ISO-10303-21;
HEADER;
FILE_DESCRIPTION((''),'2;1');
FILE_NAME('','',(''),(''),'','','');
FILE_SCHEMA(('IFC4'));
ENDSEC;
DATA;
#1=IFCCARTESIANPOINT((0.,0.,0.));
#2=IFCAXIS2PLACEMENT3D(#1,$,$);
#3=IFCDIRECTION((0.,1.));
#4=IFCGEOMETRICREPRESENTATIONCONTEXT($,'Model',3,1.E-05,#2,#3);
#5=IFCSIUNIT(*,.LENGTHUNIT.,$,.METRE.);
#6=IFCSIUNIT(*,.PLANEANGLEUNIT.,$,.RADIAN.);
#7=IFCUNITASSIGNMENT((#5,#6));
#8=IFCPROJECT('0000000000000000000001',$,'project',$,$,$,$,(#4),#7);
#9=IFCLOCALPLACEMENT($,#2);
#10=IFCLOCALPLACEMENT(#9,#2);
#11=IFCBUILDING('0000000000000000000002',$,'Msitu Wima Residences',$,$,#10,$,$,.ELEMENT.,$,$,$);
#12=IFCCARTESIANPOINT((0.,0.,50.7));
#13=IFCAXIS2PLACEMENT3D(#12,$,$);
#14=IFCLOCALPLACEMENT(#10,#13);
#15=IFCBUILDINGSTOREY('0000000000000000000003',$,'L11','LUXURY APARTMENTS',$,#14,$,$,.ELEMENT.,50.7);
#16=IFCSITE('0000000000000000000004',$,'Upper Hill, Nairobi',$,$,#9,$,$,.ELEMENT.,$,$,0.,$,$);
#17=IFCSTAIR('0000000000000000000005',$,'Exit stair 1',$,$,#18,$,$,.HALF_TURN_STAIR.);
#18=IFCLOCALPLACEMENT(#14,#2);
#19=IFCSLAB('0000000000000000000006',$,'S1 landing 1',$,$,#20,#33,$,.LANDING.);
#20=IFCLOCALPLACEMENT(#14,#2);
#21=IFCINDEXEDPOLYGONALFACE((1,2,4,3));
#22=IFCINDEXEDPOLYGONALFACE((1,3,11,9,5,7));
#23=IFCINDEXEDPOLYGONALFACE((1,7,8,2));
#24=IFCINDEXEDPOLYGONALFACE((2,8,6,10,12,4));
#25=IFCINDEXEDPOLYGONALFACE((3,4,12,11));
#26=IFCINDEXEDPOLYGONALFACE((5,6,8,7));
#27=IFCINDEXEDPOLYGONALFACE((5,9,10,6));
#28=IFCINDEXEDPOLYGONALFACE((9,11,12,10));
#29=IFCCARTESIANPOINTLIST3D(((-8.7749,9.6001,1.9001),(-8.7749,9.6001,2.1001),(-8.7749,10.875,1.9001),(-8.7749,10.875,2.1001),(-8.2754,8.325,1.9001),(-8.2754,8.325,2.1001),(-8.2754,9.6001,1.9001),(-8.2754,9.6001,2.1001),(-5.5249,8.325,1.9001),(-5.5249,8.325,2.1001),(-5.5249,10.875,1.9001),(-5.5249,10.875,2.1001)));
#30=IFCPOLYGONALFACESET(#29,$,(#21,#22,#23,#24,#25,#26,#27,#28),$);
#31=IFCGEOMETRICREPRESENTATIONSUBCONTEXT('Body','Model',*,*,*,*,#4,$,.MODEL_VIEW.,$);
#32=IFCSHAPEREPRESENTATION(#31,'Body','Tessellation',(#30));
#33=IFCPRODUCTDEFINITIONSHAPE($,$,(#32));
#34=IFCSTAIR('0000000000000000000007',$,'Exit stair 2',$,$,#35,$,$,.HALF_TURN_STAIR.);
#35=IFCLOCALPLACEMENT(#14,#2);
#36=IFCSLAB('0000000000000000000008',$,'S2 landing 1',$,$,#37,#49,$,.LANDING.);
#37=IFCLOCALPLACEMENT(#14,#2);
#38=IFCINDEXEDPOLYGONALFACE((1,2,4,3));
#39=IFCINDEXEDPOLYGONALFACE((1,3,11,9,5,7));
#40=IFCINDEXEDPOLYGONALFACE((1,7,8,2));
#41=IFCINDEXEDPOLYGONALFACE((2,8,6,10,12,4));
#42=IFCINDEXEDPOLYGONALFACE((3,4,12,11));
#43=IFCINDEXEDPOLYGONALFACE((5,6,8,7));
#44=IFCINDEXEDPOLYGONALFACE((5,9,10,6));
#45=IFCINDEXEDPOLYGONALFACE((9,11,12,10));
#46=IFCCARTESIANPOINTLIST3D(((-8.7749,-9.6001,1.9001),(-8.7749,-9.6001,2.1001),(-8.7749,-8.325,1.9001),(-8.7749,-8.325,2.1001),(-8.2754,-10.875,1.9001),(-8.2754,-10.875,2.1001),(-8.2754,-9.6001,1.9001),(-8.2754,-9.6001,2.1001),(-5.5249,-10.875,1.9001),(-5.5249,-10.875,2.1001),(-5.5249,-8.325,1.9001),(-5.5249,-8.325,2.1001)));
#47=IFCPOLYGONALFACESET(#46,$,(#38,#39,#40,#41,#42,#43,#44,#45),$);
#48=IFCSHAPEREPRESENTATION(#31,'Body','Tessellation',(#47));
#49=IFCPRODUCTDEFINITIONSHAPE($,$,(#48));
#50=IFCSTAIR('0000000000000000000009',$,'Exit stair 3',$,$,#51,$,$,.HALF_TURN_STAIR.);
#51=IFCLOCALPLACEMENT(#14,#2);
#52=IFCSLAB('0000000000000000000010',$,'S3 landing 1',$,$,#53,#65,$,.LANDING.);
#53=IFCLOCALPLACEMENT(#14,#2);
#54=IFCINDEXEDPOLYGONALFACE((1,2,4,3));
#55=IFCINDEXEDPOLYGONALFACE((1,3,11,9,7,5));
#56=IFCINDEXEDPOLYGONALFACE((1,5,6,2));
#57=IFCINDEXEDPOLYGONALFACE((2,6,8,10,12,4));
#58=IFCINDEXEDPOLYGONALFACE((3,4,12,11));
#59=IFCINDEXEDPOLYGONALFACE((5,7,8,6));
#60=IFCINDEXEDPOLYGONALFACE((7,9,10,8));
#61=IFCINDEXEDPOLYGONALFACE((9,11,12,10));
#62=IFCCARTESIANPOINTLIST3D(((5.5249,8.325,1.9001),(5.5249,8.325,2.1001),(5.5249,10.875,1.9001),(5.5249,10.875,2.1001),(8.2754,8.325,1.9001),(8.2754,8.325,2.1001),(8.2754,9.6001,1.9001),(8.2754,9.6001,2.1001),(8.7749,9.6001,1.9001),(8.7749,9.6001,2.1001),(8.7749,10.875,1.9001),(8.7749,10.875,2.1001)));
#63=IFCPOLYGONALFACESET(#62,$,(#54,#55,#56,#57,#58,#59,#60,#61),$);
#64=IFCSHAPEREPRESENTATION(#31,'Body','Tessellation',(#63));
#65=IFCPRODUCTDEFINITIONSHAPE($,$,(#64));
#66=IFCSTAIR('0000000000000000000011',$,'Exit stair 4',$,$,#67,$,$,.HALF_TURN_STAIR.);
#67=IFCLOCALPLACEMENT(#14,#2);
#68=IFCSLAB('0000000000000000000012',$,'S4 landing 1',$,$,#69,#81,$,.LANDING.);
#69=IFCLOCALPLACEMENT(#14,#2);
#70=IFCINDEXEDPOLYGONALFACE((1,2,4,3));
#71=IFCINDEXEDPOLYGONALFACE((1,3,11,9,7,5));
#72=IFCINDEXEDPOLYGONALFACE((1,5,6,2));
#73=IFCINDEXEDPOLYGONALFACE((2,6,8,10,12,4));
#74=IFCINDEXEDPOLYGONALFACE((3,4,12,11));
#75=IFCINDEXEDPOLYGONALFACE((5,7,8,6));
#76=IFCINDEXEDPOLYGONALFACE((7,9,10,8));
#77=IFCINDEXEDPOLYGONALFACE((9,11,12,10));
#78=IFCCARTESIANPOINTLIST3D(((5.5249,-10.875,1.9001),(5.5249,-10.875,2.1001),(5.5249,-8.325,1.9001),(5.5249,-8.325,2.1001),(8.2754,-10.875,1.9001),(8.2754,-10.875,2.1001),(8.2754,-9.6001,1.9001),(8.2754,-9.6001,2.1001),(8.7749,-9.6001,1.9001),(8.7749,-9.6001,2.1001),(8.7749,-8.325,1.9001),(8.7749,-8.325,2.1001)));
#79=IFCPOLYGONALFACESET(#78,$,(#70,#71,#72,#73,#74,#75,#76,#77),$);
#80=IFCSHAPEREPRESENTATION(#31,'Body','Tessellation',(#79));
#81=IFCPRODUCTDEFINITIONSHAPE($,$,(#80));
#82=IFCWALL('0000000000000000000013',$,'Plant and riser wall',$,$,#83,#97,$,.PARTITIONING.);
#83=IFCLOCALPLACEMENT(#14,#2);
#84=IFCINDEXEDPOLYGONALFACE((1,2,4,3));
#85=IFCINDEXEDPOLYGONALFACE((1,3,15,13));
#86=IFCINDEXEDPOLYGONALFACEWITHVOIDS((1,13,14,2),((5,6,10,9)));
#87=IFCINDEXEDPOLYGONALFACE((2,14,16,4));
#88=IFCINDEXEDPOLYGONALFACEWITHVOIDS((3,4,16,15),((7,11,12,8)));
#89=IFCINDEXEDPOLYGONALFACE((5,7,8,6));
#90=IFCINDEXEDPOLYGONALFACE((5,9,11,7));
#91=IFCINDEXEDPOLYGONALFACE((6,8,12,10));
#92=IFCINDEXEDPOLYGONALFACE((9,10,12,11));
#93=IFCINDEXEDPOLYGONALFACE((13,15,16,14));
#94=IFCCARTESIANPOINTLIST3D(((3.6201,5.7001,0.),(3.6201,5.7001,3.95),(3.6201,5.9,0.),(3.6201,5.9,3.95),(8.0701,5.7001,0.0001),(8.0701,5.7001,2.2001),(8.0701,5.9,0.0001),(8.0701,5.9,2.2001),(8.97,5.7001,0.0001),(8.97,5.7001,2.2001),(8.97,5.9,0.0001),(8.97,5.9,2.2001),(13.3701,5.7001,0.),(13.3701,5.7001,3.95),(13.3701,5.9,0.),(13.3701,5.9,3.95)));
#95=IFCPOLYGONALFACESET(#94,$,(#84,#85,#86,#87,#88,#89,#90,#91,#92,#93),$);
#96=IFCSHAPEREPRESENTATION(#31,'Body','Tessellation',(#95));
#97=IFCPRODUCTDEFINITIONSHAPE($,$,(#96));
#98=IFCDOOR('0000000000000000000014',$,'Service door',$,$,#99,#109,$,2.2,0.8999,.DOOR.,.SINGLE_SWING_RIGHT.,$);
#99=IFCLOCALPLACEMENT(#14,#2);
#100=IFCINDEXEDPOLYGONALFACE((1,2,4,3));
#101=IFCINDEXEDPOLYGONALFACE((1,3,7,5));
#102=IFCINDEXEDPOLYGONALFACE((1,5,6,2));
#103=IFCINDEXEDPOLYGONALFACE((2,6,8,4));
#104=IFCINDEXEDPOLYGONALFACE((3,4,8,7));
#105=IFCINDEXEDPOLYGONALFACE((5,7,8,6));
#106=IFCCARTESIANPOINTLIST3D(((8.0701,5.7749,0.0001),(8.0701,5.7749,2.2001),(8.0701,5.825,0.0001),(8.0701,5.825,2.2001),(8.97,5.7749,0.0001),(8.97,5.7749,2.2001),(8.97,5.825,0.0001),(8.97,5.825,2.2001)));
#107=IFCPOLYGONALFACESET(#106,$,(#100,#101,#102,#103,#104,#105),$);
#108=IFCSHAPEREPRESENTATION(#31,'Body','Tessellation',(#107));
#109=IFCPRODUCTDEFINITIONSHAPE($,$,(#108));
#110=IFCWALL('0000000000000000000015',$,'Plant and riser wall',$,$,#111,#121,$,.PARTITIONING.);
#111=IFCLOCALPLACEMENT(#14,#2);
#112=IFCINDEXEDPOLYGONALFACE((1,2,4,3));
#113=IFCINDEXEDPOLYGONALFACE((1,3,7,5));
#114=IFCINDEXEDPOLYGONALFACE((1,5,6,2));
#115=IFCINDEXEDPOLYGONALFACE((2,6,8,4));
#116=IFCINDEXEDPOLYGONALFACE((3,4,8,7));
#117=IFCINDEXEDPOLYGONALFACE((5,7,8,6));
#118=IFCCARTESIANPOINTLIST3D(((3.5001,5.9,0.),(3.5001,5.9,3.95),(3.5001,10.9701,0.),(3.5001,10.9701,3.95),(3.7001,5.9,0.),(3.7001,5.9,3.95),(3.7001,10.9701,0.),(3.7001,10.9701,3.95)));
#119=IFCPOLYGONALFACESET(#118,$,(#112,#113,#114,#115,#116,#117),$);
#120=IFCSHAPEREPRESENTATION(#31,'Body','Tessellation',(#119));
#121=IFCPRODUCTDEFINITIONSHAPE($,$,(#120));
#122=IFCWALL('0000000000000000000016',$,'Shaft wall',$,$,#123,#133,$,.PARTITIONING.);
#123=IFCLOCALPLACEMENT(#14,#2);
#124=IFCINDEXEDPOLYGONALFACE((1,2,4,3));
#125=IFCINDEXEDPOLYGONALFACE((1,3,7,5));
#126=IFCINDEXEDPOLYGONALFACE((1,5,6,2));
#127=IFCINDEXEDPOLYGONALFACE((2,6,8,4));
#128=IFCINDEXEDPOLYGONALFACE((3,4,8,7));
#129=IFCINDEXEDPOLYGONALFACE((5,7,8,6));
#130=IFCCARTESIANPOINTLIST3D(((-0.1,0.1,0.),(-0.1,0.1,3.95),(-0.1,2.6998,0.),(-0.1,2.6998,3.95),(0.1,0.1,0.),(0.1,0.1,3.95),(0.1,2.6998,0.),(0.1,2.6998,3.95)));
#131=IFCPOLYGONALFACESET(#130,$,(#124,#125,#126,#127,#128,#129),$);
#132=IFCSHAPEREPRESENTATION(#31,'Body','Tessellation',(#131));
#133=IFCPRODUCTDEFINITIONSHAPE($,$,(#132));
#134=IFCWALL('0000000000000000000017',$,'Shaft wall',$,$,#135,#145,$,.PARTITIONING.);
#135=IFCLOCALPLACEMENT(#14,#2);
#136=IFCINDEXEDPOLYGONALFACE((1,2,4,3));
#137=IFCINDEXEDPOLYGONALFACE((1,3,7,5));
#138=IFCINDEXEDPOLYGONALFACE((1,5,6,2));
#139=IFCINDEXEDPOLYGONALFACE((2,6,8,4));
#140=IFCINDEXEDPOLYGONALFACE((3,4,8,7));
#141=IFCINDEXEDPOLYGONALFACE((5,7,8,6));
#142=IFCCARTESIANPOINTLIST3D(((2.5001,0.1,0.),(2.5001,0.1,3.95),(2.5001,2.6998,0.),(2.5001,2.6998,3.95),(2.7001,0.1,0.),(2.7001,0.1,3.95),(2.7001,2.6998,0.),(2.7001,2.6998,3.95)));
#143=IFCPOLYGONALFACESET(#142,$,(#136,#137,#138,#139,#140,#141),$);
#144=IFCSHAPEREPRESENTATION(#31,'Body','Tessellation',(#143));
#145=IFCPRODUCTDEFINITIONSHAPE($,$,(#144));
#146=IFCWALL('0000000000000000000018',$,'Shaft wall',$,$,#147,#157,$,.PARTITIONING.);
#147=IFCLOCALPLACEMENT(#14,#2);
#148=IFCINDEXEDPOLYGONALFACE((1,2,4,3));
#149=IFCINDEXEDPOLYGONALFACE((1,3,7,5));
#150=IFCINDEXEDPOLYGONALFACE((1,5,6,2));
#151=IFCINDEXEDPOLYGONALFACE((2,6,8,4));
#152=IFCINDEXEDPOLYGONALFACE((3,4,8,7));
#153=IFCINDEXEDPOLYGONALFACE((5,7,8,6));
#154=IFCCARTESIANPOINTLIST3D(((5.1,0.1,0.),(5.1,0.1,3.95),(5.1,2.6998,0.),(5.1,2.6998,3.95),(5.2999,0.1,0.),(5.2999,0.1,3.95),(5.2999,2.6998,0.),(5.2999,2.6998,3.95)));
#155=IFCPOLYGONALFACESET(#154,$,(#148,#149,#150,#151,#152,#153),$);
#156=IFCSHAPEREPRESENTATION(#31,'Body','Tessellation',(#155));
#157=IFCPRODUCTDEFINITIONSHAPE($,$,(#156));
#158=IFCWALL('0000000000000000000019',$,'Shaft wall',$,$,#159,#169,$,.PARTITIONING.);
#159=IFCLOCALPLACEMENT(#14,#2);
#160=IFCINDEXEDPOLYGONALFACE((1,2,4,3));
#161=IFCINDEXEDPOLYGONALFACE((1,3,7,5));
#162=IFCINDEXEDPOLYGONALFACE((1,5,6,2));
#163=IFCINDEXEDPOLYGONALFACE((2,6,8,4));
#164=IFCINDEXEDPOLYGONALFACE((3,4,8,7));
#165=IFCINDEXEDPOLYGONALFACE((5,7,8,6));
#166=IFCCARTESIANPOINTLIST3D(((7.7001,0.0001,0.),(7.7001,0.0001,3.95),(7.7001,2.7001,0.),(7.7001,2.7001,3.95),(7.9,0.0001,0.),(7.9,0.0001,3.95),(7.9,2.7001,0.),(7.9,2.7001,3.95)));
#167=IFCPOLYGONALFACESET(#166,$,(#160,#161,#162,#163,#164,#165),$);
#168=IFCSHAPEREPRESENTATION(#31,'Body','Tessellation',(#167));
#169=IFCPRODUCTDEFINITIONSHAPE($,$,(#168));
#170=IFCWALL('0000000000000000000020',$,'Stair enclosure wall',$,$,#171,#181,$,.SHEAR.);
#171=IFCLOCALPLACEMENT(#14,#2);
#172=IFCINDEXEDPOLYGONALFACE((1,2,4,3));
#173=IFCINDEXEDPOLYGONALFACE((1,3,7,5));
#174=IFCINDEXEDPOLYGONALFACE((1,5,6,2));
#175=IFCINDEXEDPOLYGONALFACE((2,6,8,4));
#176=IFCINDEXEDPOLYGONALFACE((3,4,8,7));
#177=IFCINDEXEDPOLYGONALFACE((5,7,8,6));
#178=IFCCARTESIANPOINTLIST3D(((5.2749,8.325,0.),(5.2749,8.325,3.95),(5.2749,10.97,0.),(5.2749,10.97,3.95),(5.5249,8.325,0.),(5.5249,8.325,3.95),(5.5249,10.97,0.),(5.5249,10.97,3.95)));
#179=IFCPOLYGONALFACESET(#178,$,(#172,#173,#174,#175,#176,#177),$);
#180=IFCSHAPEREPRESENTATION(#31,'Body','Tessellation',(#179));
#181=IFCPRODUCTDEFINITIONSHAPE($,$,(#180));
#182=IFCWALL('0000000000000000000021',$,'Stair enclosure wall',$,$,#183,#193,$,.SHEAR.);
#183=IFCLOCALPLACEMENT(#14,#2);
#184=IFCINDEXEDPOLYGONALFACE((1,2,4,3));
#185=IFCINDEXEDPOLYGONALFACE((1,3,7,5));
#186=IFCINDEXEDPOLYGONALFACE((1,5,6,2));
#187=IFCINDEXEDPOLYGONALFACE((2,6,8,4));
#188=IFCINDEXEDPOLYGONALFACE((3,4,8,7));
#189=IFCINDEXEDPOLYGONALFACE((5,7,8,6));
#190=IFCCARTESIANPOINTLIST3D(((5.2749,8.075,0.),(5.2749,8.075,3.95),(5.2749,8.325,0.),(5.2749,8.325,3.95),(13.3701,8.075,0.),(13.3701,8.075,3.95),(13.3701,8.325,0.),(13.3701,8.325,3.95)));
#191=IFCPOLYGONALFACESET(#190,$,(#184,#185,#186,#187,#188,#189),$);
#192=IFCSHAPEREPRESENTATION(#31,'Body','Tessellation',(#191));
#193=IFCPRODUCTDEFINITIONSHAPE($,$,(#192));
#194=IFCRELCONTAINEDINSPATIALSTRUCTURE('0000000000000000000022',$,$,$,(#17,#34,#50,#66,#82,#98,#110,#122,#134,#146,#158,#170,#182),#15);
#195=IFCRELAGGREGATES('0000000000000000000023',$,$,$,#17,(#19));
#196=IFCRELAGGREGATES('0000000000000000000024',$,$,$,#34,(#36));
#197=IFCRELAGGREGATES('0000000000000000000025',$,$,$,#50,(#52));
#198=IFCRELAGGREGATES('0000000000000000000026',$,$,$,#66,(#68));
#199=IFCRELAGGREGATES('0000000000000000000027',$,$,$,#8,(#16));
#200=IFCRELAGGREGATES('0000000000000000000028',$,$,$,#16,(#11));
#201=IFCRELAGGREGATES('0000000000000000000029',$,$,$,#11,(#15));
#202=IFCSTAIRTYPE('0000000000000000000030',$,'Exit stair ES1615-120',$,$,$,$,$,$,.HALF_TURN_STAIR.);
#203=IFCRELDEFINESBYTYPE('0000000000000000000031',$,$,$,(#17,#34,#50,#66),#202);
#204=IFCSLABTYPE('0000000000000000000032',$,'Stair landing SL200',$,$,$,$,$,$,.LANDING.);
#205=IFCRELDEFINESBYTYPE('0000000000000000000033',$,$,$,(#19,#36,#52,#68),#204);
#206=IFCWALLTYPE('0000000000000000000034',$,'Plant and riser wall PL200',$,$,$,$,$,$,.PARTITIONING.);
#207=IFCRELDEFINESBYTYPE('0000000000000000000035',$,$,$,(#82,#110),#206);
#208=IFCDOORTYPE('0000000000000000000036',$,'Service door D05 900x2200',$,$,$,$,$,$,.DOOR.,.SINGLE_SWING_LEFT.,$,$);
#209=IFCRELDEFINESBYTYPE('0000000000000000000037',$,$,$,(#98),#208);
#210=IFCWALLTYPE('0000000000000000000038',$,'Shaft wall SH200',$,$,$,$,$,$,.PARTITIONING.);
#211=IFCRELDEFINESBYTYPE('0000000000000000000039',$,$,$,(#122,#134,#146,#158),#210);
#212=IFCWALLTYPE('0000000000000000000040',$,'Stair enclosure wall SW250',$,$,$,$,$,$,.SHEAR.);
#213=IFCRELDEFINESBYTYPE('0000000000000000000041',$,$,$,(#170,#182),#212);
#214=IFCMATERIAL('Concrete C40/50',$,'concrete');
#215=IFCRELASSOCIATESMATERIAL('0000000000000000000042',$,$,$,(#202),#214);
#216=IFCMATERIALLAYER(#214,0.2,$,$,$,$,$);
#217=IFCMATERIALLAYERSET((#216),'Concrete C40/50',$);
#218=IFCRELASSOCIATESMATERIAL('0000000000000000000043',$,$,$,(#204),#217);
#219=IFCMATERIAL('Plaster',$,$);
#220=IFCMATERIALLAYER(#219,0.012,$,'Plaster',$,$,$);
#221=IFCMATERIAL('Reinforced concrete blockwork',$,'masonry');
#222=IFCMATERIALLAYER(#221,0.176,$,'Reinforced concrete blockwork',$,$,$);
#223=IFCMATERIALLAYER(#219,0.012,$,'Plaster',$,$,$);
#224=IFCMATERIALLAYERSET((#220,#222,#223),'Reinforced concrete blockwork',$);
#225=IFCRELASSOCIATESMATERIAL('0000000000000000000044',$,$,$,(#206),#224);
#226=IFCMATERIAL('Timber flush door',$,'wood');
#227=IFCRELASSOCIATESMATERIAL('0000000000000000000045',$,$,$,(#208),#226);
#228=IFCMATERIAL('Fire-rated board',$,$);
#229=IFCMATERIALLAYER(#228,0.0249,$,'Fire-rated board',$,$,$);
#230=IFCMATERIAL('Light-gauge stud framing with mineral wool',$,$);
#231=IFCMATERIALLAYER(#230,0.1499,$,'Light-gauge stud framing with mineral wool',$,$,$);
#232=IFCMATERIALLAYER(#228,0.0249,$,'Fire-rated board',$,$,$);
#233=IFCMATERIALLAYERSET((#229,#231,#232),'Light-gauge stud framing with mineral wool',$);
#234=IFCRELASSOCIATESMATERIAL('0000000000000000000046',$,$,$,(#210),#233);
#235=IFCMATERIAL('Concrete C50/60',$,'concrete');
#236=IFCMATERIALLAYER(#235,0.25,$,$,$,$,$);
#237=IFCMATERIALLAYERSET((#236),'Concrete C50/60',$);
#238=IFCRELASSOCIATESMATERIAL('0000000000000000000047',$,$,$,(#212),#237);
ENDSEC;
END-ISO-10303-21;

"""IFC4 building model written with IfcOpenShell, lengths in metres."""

from ifc_helpers import new_model, si_unit, direction, frame, frame_2d, origin, place, context, subcontext, project, spatial, polyline, rectangle, outline, extrude, material, layer, layer_set, type_object, element, fill, aggregate, save


model = new_model("IFC4")

# Units and contexts
model_context = context("Model", 3, precision=1e-05, world=origin(), true_north=direction((0.0, 1.0)))
body_context = subcontext(model_context, "Body", "Model", "MODEL_VIEW")
ifc_project = project(units=[si_unit("LENGTHUNIT", "METRE"), si_unit("PLANEANGLEUNIT", "RADIAN")], contexts=[model_context])

# Site, building, storey
site_placement = place(None, origin())
site = spatial("IfcSite", under=ifc_project, at=site_placement, Name="Upper Hill, Nairobi", CompositionType="ELEMENT", RefElevation=0.0)
building_placement = place(site_placement, origin())
building = spatial("IfcBuilding", under=site, at=building_placement, Name="Msitu Wima Residences", CompositionType="ELEMENT")
storey_placement = place(building_placement, frame((0.0, 0.0, 50.7)))
storey = spatial("IfcBuildingStorey", under=building, at=storey_placement, Name="L11", Description="LUXURY APARTMENTS", CompositionType="ELEMENT", Elevation=50.7)

# Shared definitions
ifc_material_1 = material(Name="Concrete C40/50", Category="concrete")

# Stairs, slabs
stair_type = type_object("IfcStairType", Name="Exit stair ES1615-120", PredefinedType="HALF_TURN_STAIR", material=ifc_material_1)
stair_1_placement = place(storey_placement, origin())
stair_1 = element("IfcStair", 1, at=stair_1_placement, inside=storey, type_object=stair_type, Name="Exit stair 1", PredefinedType="HALF_TURN_STAIR")
ifc_layer_1 = layer(ifc_material_1, 0.2)
ifc_layer_set_1 = layer_set([ifc_layer_1], Name="Concrete C40/50")
slab_type_1 = type_object("IfcSlabType", Name="Stair landing SL200", PredefinedType="LANDING", material=ifc_layer_set_1)
slab_1_placement = place(storey_placement, frame((0.0, 0.0, 1.9001)))
slab_1 = element("IfcSlab", 2, at=slab_1_placement, type_object=slab_type_1, Name="S1 landing 1", PredefinedType="LANDING", context=body_context, shape_type="SweptSolid", body=[
    extrude(outline(polyline([(-5.5249, 8.325), (-8.2754, 8.325), (-8.2754, 9.6001), (-8.7749, 9.6001), (-8.7749, 10.875), (-5.5249, 10.875), (-5.5249, 8.325)])), origin(), (0.0, 0.0, 1.0), 0.2),
])
aggregate(stair_1, [slab_1])
stair_2_placement = place(storey_placement, origin())
stair_2 = element("IfcStair", 3, at=stair_2_placement, inside=storey, type_object=stair_type, Name="Exit stair 2", PredefinedType="HALF_TURN_STAIR")
slab_2_placement = place(storey_placement, frame((0.0, 0.0, 1.9001)))
slab_2 = element("IfcSlab", 4, at=slab_2_placement, type_object=slab_type_1, Name="S2 landing 1", PredefinedType="LANDING", context=body_context, shape_type="SweptSolid", body=[
    extrude(outline(polyline([(-5.5249, -10.875), (-8.2754, -10.875), (-8.2754, -9.6001), (-8.7749, -9.6001), (-8.7749, -8.325), (-5.5249, -8.325), (-5.5249, -10.875)])), origin(), (0.0, 0.0, 1.0), 0.2),
])
aggregate(stair_2, [slab_2])
stair_3_placement = place(storey_placement, origin())
stair_3 = element("IfcStair", 5, at=stair_3_placement, inside=storey, type_object=stair_type, Name="Exit stair 3", PredefinedType="HALF_TURN_STAIR")
slab_3_placement = place(storey_placement, frame((0.0, 0.0, 1.9001)))
slab_3 = element("IfcSlab", 6, at=slab_3_placement, type_object=slab_type_1, Name="S3 landing 1", PredefinedType="LANDING", context=body_context, shape_type="SweptSolid", body=[
    extrude(outline(polyline([(5.5249, 8.325), (8.2754, 8.325), (8.2754, 9.6001), (8.7749, 9.6001), (8.7749, 10.875), (5.5249, 10.875), (5.5249, 8.325)])), origin(), (0.0, 0.0, 1.0), 0.2),
])
aggregate(stair_3, [slab_3])
stair_4_placement = place(storey_placement, origin())
stair_4 = element("IfcStair", 7, at=stair_4_placement, inside=storey, type_object=stair_type, Name="Exit stair 4", PredefinedType="HALF_TURN_STAIR")
slab_4_placement = place(storey_placement, frame((0.0, 0.0, 1.9001)))
slab_4 = element("IfcSlab", 8, at=slab_4_placement, type_object=slab_type_1, Name="S4 landing 1", PredefinedType="LANDING", context=body_context, shape_type="SweptSolid", body=[
    extrude(outline(polyline([(5.5249, -10.875), (8.2754, -10.875), (8.2754, -9.6001), (8.7749, -9.6001), (8.7749, -8.325), (5.5249, -8.325), (5.5249, -10.875)])), origin(), (0.0, 0.0, 1.0), 0.2),
])
aggregate(stair_4, [slab_4])

# Wall, opening, door
ifc_material_2 = material(Name="Plaster")
ifc_layer_2 = layer(ifc_material_2, 0.012, Name="Plaster")
ifc_material_3 = material(Name="Reinforced concrete blockwork", Category="masonry")
ifc_layer_3 = layer(ifc_material_3, 0.176, Name="Reinforced concrete blockwork")
ifc_layer_4 = layer(ifc_material_2, 0.012, Name="Plaster")
ifc_layer_set_2 = layer_set([ifc_layer_2, ifc_layer_3, ifc_layer_4], Name="Reinforced concrete blockwork")
wall_type_1 = type_object("IfcWallType", Name="Plant and riser wall PL200", PredefinedType="PARTITIONING", material=ifc_layer_set_2)
wall_1_placement = place(storey_placement, frame((3.6201, 5.8, 0.0), z_axis=(0.0, 0.0, 1.0), x_axis=(1.0, 0.0, 0.0)))
wall_1 = element("IfcWall", 9, at=wall_1_placement, inside=storey, type_object=wall_type_1, Name="Plant and riser wall", PredefinedType="PARTITIONING", context=body_context, shape_type="SweptSolid", body=[
    extrude(rectangle(XDim=9.75, YDim=0.2, at=frame_2d((4.875, 0.0))), origin(), (0.0, 0.0, 1.0), 3.95),
])
opening_placement = place(wall_1_placement, frame((4.45, 0.0, 0.0)))
opening = element("IfcOpeningElement", 10, at=opening_placement, cuts=wall_1, PredefinedType="OPENING", context=body_context, shape_type="SweptSolid", body=[
    extrude(rectangle(XDim=0.8999, YDim=2.2, at=frame_2d((0.45, 1.1001))), frame((0.0, 0.1099, 0.0), z_axis=(0.0, -1.0, 0.0), x_axis=(1.0, 0.0, 0.0)), (0.0, 0.0, 1.0), 0.22),
])
ifc_material_4 = material(Name="Timber flush door", Category="wood")
door_type = type_object("IfcDoorType", Name="Service door D05 900x2200", OperationType="SINGLE_SWING_LEFT", PredefinedType="DOOR", material=ifc_material_4)
door_placement = place(opening_placement, origin())
door = element("IfcDoor", 11, at=door_placement, inside=storey, type_object=door_type, Name="Service door", OperationType="SINGLE_SWING_RIGHT", OverallHeight=2.2, OverallWidth=0.8999, PredefinedType="DOOR", context=body_context, shape_type="SweptSolid", body=[
    extrude(rectangle(XDim=0.8999, YDim=2.2, at=frame_2d((0.45, 1.1001))), frame((0.0, 0.0249, 0.0), z_axis=(0.0, -1.0, 0.0), x_axis=(1.0, 0.0, 0.0)), (0.0, 0.0, 1.0), 0.05),
])
fill(opening, door)

# Walls
wall_2_placement = place(storey_placement, frame((3.6001, 5.8999, 0.0), z_axis=(0.0, 0.0, 1.0), x_axis=(0.0, 1.0, 0.0)))
element("IfcWall", 12, at=wall_2_placement, inside=storey, type_object=wall_type_1, Name="Plant and riser wall", PredefinedType="PARTITIONING", context=body_context, shape_type="SweptSolid", body=[
    extrude(rectangle(XDim=5.0701, YDim=0.2, at=frame_2d((2.5352, 0.0))), origin(), (0.0, 0.0, 1.0), 3.95),
])
ifc_material_5 = material(Name="Fire-rated board")
ifc_layer_5 = layer(ifc_material_5, 0.0249, Name="Fire-rated board")
ifc_material_6 = material(Name="Light-gauge stud framing with mineral wool")
ifc_layer_6 = layer(ifc_material_6, 0.1499, Name="Light-gauge stud framing with mineral wool")
ifc_layer_7 = layer(ifc_material_5, 0.0249, Name="Fire-rated board")
ifc_layer_set_3 = layer_set([ifc_layer_5, ifc_layer_6, ifc_layer_7], Name="Light-gauge stud framing with mineral wool")
wall_type_2 = type_object("IfcWallType", Name="Shaft wall SH200", PredefinedType="PARTITIONING", material=ifc_layer_set_3)
for number, where, z_axis, x_axis, name in (
    (13, (0.0, 0.1001, 0.0), (0.0, 0.0, 1.0), (0.0, 1.0, 0.0), "Shaft wall"),
    (14, (2.6001, 0.1001, 0.0), (0.0, 0.0, 1.0), (0.0, 1.0, 0.0), "Shaft wall"),
    (15, (5.2, 0.1001, 0.0), (0.0, 0.0, 1.0), (0.0, 1.0, 0.0), "Shaft wall"),
):
    element("IfcWall", number, at=place(storey_placement, frame(where, z_axis=z_axis, x_axis=x_axis)), inside=storey, type_object=wall_type_2, Name=name, PredefinedType="PARTITIONING", context=body_context, shape_type="SweptSolid", body=[
        extrude(rectangle(XDim=2.5999, YDim=0.2, at=frame_2d((1.2998, 0.0))), origin(), (0.0, 0.0, 1.0), 3.95),
    ])
wall_3_placement = place(storey_placement, frame((7.8, 0.0, 0.0), z_axis=(0.0, 0.0, 1.0), x_axis=(0.0, 1.0, 0.0)))
element("IfcWall", 16, at=wall_3_placement, inside=storey, type_object=wall_type_2, Name="Shaft wall", PredefinedType="PARTITIONING", context=body_context, shape_type="SweptSolid", body=[
    extrude(rectangle(XDim=2.7, YDim=0.2, at=frame_2d((1.3501, 0.0))), origin(), (0.0, 0.0, 1.0), 3.95),
])
ifc_material_7 = material(Name="Concrete C50/60", Category="concrete")
ifc_layer_8 = layer(ifc_material_7, 0.25)
ifc_layer_set_4 = layer_set([ifc_layer_8], Name="Concrete C50/60")
wall_type_3 = type_object("IfcWallType", Name="Stair enclosure wall SW250", PredefinedType="SHEAR", material=ifc_layer_set_4)
wall_4_placement = place(storey_placement, frame((5.3999, 8.325, 0.0), z_axis=(0.0, 0.0, 1.0), x_axis=(0.0, 1.0, 0.0)))
element("IfcWall", 17, at=wall_4_placement, inside=storey, type_object=wall_type_3, Name="Stair enclosure wall", PredefinedType="SHEAR", context=body_context, shape_type="SweptSolid", body=[
    extrude(rectangle(XDim=2.645, YDim=0.25, at=frame_2d((1.3225, 0.0))), origin(), (0.0, 0.0, 1.0), 3.95),
])
wall_5_placement = place(storey_placement, frame((5.2749, 8.2, 0.0), z_axis=(0.0, 0.0, 1.0), x_axis=(1.0, 0.0, 0.0)))
element("IfcWall", 18, at=wall_5_placement, inside=storey, type_object=wall_type_3, Name="Stair enclosure wall", PredefinedType="SHEAR", context=body_context, shape_type="SweptSolid", body=[
    extrude(rectangle(XDim=8.0952, YDim=0.25, at=frame_2d((4.0476, 0.0))), origin(), (0.0, 0.0, 1.0), 3.95),
])

save(model, "model.ifc")
